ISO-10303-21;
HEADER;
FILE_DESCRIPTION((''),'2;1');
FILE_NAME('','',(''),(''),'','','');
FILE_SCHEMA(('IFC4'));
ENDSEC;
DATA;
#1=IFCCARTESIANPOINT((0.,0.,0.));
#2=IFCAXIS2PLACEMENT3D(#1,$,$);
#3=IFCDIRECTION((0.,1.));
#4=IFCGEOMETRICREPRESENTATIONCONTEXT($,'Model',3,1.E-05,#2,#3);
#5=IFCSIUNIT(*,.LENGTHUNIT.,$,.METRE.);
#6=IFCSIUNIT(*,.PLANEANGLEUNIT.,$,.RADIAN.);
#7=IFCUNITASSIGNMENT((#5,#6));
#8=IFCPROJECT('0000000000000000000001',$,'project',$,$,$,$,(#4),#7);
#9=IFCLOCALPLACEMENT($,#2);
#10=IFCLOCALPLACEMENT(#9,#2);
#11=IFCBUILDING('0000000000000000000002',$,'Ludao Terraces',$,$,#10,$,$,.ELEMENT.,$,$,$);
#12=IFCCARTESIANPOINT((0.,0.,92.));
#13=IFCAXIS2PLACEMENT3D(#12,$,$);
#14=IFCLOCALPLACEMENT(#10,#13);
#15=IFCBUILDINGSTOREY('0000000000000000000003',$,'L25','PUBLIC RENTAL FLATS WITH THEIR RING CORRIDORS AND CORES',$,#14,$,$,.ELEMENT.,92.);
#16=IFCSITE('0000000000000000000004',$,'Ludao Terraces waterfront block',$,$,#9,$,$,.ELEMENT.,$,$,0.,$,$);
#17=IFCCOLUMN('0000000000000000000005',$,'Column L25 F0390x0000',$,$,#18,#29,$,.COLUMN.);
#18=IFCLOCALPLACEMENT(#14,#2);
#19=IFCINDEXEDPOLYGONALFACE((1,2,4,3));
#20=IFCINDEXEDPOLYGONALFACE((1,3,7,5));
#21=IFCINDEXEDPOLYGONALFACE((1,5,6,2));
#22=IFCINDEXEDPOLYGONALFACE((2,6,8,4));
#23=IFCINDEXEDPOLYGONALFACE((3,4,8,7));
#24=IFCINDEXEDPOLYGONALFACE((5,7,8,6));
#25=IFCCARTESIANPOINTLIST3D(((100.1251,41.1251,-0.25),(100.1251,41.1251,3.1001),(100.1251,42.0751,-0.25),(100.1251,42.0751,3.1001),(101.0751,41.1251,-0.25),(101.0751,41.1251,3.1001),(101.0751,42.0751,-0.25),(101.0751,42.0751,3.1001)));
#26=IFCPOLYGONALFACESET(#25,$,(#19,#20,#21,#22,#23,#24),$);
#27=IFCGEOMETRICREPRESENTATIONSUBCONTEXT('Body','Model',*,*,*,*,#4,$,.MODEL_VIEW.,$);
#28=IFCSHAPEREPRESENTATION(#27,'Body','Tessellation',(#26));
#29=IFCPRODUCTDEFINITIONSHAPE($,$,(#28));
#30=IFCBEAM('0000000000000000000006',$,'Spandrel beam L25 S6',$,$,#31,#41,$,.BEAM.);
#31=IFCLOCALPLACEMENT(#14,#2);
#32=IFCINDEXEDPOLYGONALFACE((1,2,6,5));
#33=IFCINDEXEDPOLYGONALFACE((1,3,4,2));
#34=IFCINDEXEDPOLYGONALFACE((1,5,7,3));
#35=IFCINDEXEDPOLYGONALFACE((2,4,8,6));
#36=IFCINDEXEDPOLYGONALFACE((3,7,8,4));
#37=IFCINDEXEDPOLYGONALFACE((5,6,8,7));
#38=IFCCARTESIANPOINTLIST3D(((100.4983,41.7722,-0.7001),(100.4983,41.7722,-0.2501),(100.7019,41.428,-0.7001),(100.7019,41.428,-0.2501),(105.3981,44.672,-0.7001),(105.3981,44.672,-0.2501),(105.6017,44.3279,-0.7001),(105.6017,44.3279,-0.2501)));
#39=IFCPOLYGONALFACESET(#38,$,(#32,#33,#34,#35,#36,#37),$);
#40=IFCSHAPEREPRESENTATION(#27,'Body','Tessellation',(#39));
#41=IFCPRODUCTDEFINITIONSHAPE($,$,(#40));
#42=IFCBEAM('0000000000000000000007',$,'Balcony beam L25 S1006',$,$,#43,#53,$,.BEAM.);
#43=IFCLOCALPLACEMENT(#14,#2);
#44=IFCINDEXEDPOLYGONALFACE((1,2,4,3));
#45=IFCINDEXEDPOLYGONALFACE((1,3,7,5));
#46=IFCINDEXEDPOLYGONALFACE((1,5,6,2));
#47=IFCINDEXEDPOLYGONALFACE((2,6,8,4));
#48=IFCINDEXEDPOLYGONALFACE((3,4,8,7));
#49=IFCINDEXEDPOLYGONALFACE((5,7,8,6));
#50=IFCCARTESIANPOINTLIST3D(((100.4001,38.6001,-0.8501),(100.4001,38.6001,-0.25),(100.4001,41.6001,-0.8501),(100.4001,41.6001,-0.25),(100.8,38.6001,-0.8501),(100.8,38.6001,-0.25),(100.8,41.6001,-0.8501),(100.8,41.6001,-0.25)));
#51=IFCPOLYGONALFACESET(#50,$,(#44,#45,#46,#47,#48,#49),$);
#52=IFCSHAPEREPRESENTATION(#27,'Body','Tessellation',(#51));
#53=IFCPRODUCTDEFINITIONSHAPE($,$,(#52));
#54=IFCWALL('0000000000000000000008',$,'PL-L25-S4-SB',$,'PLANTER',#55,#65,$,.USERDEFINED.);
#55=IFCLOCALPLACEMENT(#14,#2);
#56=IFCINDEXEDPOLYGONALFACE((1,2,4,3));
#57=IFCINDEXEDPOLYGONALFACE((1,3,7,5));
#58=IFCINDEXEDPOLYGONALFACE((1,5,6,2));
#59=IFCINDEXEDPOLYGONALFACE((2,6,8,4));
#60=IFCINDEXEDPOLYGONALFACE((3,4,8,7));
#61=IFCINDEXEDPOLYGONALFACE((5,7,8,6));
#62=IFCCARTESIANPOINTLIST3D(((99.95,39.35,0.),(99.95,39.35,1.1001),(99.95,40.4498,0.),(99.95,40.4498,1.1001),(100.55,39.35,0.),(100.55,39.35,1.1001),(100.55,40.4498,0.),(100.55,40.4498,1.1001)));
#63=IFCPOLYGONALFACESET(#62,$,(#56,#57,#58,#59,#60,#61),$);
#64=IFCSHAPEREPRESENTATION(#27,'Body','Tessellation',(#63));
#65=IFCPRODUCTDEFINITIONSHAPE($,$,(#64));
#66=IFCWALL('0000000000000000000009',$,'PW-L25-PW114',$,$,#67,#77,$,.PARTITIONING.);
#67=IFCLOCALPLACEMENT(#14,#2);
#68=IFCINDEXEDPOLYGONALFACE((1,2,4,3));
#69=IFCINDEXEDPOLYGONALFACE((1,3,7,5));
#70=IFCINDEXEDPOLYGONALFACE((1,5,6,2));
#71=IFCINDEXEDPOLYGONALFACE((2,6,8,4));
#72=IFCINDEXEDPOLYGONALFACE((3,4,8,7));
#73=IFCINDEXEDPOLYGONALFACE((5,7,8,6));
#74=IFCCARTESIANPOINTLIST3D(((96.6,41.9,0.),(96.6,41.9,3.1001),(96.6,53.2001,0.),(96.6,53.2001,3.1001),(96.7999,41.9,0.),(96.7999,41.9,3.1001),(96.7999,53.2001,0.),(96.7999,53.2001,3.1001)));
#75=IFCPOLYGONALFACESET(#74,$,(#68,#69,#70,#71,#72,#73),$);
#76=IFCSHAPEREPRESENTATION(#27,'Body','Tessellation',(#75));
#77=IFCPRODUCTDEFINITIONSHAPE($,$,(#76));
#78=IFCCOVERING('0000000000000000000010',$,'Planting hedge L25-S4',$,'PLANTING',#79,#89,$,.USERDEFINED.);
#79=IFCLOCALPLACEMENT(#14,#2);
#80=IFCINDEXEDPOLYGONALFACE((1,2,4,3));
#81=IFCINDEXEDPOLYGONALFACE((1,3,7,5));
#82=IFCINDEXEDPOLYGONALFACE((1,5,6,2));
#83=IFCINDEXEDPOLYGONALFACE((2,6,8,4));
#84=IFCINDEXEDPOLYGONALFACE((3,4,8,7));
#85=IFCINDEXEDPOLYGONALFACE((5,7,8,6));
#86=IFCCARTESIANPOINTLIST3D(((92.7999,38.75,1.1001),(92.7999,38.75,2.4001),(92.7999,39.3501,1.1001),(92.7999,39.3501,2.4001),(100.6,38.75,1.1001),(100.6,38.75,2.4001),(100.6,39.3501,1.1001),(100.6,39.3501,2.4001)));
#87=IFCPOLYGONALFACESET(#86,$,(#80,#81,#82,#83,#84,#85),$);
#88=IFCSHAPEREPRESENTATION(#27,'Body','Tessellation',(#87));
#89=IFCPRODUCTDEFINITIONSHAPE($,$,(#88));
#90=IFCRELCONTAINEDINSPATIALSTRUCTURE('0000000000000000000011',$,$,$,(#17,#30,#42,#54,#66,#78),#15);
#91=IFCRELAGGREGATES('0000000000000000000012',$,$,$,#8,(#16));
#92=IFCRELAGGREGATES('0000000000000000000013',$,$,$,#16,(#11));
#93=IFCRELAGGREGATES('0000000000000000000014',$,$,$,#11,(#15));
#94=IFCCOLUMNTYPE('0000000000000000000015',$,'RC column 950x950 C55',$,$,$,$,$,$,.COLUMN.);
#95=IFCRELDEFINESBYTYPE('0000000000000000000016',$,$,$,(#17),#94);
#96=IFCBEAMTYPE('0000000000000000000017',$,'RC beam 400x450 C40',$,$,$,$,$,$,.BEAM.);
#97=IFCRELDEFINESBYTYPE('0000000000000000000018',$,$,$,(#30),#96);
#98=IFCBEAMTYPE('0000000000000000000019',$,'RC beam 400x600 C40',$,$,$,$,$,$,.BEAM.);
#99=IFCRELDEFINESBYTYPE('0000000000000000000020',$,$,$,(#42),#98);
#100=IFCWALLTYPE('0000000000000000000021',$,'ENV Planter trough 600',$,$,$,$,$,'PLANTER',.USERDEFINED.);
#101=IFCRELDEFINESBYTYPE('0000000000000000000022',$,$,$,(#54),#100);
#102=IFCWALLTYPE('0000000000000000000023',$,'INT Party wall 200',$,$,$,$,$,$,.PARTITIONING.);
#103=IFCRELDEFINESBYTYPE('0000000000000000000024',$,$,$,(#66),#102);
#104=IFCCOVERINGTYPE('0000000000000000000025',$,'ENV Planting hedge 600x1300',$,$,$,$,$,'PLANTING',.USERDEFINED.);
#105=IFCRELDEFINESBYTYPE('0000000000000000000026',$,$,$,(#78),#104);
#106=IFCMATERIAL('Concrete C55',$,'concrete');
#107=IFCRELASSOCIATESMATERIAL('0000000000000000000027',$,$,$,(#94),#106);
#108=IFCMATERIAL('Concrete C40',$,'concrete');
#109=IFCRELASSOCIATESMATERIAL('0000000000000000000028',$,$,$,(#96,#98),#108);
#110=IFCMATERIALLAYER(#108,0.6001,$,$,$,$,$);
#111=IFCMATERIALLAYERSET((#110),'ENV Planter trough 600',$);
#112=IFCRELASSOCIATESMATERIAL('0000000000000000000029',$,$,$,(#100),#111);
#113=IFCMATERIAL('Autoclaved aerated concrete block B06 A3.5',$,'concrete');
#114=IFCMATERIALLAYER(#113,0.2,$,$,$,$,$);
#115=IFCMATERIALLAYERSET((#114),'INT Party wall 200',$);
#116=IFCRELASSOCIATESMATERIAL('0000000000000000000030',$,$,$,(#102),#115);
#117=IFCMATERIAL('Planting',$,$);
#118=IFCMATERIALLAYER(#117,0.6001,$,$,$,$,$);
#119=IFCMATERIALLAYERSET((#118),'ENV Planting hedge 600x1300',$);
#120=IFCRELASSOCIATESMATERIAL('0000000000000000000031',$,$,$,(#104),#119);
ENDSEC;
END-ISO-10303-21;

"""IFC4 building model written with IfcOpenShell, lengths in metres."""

from ifc_helpers import new_model, si_unit, direction, frame, frame_2d, origin, origin_2d, place, context, subcontext, project, spatial, rectangle, extrude, material, layer, layer_set, material_profile, profile_set, type_object, element, save


model = new_model("IFC4")

# Units and contexts
model_context = context("Model", 3, precision=1e-05, world=origin(), true_north=direction((0.0, 1.0)))
body_context = subcontext(model_context, "Body", "Model", "MODEL_VIEW")
ifc_project = project(units=[si_unit("LENGTHUNIT", "METRE"), si_unit("PLANEANGLEUNIT", "RADIAN")], contexts=[model_context])

# Site, building, storey
site_placement = place(None, origin())
site = spatial("IfcSite", under=ifc_project, at=site_placement, Name="Ludao Terraces waterfront block", CompositionType="ELEMENT", RefElevation=0.0)
building_placement = place(site_placement, origin())
building = spatial("IfcBuilding", under=site, at=building_placement, Name="Ludao Terraces", CompositionType="ELEMENT")
storey_placement = place(building_placement, frame((0.0, 0.0, 92.0)))
storey = spatial("IfcBuildingStorey", under=building, at=storey_placement, Name="L25", Description="PUBLIC RENTAL FLATS WITH THEIR RING CORRIDORS AND CORES", CompositionType="ELEMENT", Elevation=92.0)

# Column
ifc_material_1 = material(Name="Concrete C55", Category="concrete")
ifc_material_profile_1 = material_profile(ifc_material_1, rectangle(XDim=0.95, YDim=0.95, at=origin_2d()), Name="950 X 950")
ifc_profile_set_1 = profile_set([ifc_material_profile_1], Name="Concrete C55")
column_type = type_object("IfcColumnType", Name="RC column 950x950 C55", PredefinedType="COLUMN", material=ifc_profile_set_1)
column_placement = place(storey_placement, frame((100.6001, 41.6001, -0.25), z_axis=(0.0, 0.0, 1.0), x_axis=(1.0, 0.0, 0.0)))
element("IfcColumn", 1, at=column_placement, inside=storey, type_object=column_type, Name="Column L25 F0390x0000", PredefinedType="COLUMN", context=body_context, shape_type="SweptSolid", body=[
    extrude(rectangle(XDim=0.95, YDim=0.95, at=origin_2d()), origin(), (0.0, 0.0, 1.0), 3.3501),
])

# Beams
ifc_material_2 = material(Name="Concrete C40", Category="concrete")
ifc_material_profile_2 = material_profile(ifc_material_2, rectangle(XDim=0.3999, YDim=0.45, at=origin_2d()), Name="400 X 450")
ifc_profile_set_2 = profile_set([ifc_material_profile_2], Name="Concrete C40")
beam_type_1 = type_object("IfcBeamType", Name="RC beam 400x450 C40", PredefinedType="BEAM", material=ifc_profile_set_2)
beam_1_placement = place(storey_placement, frame((100.6001, 41.6001, -0.4751), z_axis=(0.86058, 0.509316, 0.0), x_axis=(-0.509316, 0.86058, 0.0)))
element("IfcBeam", 2, at=beam_1_placement, inside=storey, type_object=beam_type_1, Name="Spandrel beam L25 S6", PredefinedType="BEAM", context=body_context, shape_type="SweptSolid", body=[
    extrude(rectangle(XDim=0.3999, YDim=0.45, at=origin_2d()), origin(), (0.0, 0.0, 1.0), 5.6936),
])
ifc_material_profile_3 = material_profile(ifc_material_2, rectangle(XDim=0.3999, YDim=0.6001, at=origin_2d()), Name="400 X 600")
ifc_profile_set_3 = profile_set([ifc_material_profile_3], Name="Concrete C40")
beam_type_2 = type_object("IfcBeamType", Name="RC beam 400x600 C40", PredefinedType="BEAM", material=ifc_profile_set_3)
beam_2_placement = place(storey_placement, frame((100.6001, 41.6001, -0.55), z_axis=(0.0, -1.0, 0.0), x_axis=(1.0, 0.0, 0.0)))
element("IfcBeam", 3, at=beam_2_placement, inside=storey, type_object=beam_type_2, Name="Balcony beam L25 S1006", PredefinedType="BEAM", context=body_context, shape_type="SweptSolid", body=[
    extrude(rectangle(XDim=0.3999, YDim=0.6001, at=origin_2d()), origin(), (0.0, 0.0, 1.0), 3.0),
])

# Walls
ifc_layer_1 = layer(ifc_material_2, 0.6001)
ifc_layer_set_1 = layer_set([ifc_layer_1], Name="ENV Planter trough 600")
wall_type_1 = type_object("IfcWallType", Name="ENV Planter trough 600", ElementType="PLANTER", PredefinedType="USERDEFINED", material=ifc_layer_set_1)
wall_1_placement = place(storey_placement, frame((100.25, 39.3501, 0.0), z_axis=(0.0, 0.0, 1.0), x_axis=(0.0, 1.0, 0.0)))
element("IfcWall", 4, at=wall_1_placement, inside=storey, type_object=wall_type_1, Name="PL-L25-S4-SB", ObjectType="PLANTER", PredefinedType="USERDEFINED", context=body_context, shape_type="SweptSolid", body=[
    extrude(rectangle(XDim=1.0999, YDim=0.6001, at=frame_2d((0.5498, 0.0))), origin(), (0.0, 0.0, 1.0), 1.1001),
])
ifc_material_3 = material(Name="Autoclaved aerated concrete block B06 A3.5", Category="concrete")
ifc_layer_2 = layer(ifc_material_3, 0.2)
ifc_layer_set_2 = layer_set([ifc_layer_2], Name="INT Party wall 200")
wall_type_2 = type_object("IfcWallType", Name="INT Party wall 200", PredefinedType="PARTITIONING", material=ifc_layer_set_2)
wall_2_placement = place(storey_placement, frame((96.7, 41.9001, 0.0), z_axis=(0.0, 0.0, 1.0), x_axis=(0.0, 1.0, 0.0)))
element("IfcWall", 5, at=wall_2_placement, inside=storey, type_object=wall_type_2, Name="PW-L25-PW114", PredefinedType="PARTITIONING", context=body_context, shape_type="SweptSolid", body=[
    extrude(rectangle(XDim=11.3, YDim=0.2, at=frame_2d((5.6499, 0.0))), origin(), (0.0, 0.0, 1.0), 3.1001),
])

# Covering
ifc_material_4 = material(Name="Planting")
ifc_layer_3 = layer(ifc_material_4, 0.6001)
ifc_layer_set_3 = layer_set([ifc_layer_3], Name="ENV Planting hedge 600x1300")
covering_type = type_object("IfcCoveringType", Name="ENV Planting hedge 600x1300", ElementType="PLANTING", PredefinedType="USERDEFINED", material=ifc_layer_set_3)
covering_placement = place(storey_placement, frame((96.7, 39.05, 1.1001), z_axis=(0.0, 0.0, 1.0), x_axis=(1.0, 0.0, 0.0)))
element("IfcCovering", 6, at=covering_placement, inside=storey, type_object=covering_type, Name="Planting hedge L25-S4", ObjectType="PLANTING", PredefinedType="USERDEFINED", context=body_context, shape_type="SweptSolid", body=[
    extrude(rectangle(XDim=7.8, YDim=0.6001, at=origin_2d()), origin(), (0.0, 0.0, 1.0), 1.3),
])

save(model, "model.ifc")
